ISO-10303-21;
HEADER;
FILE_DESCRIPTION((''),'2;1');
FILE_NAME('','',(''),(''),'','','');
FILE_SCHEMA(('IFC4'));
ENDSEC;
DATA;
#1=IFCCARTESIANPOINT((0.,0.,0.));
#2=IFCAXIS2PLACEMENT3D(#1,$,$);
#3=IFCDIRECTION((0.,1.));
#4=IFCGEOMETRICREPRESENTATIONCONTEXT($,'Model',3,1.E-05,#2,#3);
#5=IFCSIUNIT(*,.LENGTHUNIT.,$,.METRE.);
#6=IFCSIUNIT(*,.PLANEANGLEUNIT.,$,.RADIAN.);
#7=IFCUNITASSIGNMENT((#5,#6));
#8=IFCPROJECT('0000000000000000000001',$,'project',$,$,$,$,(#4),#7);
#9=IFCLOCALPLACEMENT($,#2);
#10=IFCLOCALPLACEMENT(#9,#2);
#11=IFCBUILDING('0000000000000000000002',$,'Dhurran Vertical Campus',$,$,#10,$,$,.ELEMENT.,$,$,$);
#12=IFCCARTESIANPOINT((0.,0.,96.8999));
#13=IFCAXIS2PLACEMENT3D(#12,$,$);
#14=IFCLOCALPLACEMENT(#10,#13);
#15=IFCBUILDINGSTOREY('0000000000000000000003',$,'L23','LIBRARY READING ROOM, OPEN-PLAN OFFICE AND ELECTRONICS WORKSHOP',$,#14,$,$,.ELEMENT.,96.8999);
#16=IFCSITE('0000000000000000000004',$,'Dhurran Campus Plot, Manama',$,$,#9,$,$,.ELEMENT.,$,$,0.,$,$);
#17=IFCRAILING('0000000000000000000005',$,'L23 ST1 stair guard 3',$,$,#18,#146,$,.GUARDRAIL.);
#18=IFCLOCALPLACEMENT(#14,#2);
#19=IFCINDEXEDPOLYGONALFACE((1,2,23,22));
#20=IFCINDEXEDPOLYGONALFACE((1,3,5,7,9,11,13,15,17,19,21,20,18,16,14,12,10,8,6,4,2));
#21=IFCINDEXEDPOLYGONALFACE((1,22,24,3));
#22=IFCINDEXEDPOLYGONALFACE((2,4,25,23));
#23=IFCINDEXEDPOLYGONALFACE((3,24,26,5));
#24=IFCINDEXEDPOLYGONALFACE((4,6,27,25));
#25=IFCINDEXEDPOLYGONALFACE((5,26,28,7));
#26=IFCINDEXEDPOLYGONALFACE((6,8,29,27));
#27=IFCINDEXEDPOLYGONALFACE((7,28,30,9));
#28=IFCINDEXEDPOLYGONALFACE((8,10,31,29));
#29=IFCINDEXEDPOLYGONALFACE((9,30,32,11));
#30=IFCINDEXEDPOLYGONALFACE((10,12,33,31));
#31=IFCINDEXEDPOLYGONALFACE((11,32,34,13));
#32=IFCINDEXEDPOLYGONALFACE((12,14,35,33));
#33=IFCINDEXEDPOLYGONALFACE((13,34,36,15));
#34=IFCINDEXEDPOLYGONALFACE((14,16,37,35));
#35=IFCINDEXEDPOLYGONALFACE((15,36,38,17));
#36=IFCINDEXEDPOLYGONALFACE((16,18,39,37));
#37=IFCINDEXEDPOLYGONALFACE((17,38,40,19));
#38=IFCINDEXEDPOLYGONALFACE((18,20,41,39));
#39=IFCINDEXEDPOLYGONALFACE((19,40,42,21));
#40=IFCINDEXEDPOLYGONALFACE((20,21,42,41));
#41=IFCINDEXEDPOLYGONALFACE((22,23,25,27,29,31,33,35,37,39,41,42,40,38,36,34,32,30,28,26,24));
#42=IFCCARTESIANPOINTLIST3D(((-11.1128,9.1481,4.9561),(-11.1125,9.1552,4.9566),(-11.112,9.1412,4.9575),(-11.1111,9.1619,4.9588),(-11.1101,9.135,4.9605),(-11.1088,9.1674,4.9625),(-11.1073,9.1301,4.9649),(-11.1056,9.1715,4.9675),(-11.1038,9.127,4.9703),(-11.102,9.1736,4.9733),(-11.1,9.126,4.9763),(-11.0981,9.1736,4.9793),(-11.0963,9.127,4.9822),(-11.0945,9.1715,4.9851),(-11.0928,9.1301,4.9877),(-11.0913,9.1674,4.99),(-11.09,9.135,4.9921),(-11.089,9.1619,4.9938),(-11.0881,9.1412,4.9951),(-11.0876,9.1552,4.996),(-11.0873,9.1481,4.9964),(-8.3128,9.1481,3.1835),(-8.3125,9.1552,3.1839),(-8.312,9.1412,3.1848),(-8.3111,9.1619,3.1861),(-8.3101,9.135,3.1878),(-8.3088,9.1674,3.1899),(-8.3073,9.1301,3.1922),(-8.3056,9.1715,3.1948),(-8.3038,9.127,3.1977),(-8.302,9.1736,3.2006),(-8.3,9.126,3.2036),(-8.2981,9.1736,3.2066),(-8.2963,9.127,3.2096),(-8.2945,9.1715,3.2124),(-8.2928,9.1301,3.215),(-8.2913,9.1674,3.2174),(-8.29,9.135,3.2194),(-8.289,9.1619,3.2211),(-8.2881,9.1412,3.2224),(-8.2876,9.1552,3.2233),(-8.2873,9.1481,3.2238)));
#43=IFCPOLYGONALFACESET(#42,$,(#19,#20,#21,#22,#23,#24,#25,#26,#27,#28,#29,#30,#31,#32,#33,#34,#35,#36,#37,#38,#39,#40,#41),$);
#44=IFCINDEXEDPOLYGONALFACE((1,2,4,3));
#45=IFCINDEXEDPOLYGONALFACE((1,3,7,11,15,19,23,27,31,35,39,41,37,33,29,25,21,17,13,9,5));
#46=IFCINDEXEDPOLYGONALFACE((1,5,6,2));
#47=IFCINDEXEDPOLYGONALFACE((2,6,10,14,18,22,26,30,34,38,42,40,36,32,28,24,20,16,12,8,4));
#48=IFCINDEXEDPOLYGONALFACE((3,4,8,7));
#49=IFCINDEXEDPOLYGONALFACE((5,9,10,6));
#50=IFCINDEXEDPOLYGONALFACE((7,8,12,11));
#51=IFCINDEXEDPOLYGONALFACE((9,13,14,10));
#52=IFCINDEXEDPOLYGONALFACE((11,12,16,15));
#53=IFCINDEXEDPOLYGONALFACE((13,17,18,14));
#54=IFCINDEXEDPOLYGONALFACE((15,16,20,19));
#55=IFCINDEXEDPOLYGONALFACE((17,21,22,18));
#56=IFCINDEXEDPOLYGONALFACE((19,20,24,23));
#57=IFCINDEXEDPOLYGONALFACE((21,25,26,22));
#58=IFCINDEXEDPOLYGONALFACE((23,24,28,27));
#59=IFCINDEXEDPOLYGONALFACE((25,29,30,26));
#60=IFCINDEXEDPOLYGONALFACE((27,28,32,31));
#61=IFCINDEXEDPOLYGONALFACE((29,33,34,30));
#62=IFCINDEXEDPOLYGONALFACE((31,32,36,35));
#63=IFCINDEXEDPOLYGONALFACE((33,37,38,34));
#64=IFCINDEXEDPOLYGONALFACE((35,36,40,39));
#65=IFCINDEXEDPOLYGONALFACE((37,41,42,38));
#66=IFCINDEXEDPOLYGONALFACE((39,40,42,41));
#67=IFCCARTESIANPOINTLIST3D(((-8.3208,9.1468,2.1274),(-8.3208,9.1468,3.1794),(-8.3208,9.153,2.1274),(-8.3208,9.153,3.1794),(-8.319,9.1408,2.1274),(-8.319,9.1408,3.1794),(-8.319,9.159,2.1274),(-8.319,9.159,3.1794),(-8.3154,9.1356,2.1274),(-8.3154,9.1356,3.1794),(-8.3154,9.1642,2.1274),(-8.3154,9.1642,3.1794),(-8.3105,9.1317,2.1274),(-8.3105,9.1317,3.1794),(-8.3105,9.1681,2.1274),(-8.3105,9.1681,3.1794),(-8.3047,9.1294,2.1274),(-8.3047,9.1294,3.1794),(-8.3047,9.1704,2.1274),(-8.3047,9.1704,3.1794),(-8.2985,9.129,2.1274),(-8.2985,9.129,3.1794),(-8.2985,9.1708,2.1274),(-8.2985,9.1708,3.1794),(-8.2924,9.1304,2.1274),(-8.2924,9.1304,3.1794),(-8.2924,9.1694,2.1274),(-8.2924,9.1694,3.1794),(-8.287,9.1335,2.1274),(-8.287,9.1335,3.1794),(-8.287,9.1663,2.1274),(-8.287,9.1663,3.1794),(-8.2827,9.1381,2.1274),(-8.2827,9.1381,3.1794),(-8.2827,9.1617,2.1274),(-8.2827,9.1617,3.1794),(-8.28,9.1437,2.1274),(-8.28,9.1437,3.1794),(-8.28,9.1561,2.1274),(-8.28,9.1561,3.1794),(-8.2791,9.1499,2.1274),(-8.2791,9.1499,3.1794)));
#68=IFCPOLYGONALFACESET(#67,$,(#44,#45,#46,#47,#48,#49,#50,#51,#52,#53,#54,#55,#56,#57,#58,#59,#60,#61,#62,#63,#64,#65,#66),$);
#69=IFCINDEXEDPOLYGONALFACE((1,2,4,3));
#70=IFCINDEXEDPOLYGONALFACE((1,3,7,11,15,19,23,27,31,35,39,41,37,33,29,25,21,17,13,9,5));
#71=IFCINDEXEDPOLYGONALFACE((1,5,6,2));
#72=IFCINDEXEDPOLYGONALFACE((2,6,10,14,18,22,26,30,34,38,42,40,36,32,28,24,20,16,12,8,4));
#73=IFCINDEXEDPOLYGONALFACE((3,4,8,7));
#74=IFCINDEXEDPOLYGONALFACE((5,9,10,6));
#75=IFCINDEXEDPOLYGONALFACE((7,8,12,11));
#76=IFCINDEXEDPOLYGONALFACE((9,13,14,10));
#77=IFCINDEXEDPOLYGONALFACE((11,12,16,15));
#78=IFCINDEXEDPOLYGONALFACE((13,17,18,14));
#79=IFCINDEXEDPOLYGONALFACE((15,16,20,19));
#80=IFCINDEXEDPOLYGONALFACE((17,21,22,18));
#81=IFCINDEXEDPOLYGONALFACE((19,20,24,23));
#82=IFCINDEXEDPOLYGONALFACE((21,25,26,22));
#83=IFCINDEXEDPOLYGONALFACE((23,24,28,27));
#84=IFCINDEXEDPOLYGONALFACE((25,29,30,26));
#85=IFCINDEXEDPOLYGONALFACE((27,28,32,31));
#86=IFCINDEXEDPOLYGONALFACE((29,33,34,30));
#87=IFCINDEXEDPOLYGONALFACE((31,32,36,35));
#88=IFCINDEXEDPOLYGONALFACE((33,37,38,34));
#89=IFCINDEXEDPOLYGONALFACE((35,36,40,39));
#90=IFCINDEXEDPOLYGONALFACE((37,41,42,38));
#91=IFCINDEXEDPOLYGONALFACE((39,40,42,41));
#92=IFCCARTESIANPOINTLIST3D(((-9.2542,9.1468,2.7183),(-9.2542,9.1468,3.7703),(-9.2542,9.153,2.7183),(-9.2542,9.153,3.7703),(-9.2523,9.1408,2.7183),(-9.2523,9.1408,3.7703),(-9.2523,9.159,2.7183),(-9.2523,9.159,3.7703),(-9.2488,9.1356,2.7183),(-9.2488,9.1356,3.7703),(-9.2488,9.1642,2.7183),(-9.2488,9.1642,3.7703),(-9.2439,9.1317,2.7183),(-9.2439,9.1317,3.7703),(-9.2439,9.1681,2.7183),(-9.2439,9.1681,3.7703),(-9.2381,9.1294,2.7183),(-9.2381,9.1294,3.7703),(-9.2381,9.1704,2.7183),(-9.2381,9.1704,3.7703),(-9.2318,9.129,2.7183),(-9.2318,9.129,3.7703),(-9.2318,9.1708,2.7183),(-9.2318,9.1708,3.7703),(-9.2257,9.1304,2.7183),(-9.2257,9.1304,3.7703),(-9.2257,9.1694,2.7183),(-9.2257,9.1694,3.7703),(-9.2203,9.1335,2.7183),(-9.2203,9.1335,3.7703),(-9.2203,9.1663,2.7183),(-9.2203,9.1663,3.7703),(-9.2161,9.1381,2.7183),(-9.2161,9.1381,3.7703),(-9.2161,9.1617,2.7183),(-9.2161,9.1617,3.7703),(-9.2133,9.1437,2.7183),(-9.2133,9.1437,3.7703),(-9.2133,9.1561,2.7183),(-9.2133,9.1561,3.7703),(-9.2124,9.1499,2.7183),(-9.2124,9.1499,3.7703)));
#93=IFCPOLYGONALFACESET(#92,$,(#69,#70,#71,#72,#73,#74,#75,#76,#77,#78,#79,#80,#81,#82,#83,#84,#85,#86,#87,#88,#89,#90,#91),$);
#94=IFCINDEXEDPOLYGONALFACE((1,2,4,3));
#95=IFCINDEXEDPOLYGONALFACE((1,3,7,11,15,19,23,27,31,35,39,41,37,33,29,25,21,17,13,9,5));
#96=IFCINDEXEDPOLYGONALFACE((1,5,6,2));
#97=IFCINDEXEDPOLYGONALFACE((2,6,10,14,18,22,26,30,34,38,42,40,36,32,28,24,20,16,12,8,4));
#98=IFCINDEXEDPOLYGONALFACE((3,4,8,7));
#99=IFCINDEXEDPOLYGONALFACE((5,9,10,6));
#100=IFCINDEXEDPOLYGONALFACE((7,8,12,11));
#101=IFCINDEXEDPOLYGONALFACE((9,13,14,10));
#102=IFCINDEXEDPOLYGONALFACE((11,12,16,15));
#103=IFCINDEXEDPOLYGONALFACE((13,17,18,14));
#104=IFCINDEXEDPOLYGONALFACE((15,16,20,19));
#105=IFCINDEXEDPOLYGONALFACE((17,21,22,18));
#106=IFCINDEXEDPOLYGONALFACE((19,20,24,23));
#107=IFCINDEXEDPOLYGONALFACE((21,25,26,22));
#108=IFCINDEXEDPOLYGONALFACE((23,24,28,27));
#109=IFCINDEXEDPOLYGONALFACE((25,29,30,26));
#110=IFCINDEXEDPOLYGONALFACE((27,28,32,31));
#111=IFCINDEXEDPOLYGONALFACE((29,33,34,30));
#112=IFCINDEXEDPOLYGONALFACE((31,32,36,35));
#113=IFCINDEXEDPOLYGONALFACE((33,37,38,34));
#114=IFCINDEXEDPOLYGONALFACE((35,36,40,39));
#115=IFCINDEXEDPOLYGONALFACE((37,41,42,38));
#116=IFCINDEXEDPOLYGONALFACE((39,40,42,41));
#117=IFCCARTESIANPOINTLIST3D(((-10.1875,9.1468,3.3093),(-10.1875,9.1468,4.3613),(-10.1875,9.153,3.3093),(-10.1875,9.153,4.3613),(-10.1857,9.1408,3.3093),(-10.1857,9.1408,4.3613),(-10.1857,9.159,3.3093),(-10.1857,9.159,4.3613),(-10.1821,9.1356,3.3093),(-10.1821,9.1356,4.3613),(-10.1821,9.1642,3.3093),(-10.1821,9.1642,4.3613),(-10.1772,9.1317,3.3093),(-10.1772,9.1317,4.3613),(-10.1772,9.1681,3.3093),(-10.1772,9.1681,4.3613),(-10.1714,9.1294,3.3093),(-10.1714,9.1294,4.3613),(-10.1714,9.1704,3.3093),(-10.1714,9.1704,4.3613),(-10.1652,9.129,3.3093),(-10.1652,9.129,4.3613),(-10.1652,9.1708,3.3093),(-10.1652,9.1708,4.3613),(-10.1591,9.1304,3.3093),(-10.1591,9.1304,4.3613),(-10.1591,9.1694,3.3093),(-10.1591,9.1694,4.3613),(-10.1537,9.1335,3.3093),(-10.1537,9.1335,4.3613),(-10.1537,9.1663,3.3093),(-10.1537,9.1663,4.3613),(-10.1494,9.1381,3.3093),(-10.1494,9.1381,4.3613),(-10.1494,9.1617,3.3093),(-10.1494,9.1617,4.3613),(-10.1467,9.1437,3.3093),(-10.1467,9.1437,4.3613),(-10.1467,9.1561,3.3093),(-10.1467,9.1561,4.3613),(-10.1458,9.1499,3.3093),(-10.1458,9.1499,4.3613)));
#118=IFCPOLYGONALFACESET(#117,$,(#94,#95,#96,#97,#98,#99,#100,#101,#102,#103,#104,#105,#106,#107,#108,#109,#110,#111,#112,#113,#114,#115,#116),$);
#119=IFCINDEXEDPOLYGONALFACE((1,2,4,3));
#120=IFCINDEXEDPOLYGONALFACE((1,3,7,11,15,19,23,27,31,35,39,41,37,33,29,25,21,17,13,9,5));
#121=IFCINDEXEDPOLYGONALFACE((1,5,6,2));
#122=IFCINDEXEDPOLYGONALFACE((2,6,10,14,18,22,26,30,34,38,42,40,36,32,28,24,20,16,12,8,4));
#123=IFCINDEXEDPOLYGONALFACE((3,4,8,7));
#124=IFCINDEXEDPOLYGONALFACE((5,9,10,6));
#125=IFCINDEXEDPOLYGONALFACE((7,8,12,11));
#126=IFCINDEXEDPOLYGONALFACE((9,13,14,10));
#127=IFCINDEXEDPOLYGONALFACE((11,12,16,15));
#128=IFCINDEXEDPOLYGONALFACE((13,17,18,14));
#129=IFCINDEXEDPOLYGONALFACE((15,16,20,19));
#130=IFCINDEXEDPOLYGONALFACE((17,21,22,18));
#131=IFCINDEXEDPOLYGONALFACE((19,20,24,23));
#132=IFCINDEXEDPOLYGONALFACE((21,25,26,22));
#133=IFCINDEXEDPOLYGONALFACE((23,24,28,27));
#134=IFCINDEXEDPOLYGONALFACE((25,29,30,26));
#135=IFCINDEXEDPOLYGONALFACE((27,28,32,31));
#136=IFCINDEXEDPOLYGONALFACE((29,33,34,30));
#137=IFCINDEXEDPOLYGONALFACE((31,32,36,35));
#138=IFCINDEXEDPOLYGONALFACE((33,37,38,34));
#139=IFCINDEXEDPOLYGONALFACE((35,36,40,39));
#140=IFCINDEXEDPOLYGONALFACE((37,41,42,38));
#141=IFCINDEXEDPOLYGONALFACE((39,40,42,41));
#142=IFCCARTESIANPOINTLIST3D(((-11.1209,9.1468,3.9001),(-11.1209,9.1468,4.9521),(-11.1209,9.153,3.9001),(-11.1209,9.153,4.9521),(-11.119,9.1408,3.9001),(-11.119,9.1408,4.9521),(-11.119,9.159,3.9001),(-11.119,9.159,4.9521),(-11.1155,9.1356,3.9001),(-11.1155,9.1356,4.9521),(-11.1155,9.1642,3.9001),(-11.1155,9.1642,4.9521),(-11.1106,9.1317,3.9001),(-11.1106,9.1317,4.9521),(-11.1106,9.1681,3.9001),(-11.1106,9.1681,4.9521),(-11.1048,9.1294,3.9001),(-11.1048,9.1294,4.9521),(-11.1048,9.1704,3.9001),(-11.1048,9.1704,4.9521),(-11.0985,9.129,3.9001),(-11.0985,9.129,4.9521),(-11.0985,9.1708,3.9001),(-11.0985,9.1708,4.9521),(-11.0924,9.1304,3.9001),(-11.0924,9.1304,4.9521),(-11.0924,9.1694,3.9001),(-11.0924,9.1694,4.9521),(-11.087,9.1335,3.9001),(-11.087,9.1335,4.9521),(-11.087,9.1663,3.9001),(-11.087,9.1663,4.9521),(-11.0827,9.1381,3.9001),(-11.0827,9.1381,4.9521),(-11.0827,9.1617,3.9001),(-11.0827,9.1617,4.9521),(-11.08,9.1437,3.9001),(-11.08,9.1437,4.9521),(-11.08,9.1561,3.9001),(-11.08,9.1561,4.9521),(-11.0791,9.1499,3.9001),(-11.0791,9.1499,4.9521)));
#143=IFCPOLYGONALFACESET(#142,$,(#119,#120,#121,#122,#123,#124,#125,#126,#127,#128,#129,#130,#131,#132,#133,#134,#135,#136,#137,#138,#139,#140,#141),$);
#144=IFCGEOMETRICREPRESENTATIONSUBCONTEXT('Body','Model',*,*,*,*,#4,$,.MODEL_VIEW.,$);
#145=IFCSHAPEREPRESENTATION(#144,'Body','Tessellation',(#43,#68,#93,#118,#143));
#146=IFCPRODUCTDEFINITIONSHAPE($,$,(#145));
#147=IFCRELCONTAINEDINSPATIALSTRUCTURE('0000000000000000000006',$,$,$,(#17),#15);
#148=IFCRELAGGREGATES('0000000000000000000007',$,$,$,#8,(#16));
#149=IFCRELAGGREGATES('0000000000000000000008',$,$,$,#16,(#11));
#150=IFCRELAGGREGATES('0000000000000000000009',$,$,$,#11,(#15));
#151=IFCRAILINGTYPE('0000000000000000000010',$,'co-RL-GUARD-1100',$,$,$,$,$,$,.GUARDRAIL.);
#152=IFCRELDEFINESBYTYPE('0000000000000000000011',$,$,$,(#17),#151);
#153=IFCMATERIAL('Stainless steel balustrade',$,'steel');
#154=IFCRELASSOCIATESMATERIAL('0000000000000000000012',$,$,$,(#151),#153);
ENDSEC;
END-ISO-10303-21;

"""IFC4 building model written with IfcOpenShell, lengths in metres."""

from ifc_helpers import new_model, si_unit, direction, frame, origin, origin_2d, place, context, subcontext, project, spatial, circle, extrude, material, type_object, element, save


model = new_model("IFC4")

# Units and contexts
model_context = context("Model", 3, precision=1e-05, world=origin(), true_north=direction((0.0, 1.0)))
body_context = subcontext(model_context, "Body", "Model", "MODEL_VIEW")
ifc_project = project(units=[si_unit("LENGTHUNIT", "METRE"), si_unit("PLANEANGLEUNIT", "RADIAN")], contexts=[model_context])

# Site, building, storey
site_placement = place(None, origin())
site = spatial("IfcSite", under=ifc_project, at=site_placement, Name="Dhurran Campus Plot, Manama", CompositionType="ELEMENT", RefElevation=0.0)
building_placement = place(site_placement, origin())
building = spatial("IfcBuilding", under=site, at=building_placement, Name="Dhurran Vertical Campus", CompositionType="ELEMENT")
storey_placement = place(building_placement, frame((0.0, 0.0, 96.8999)))
storey = spatial("IfcBuildingStorey", under=building, at=storey_placement, Name="L23", Description="LIBRARY READING ROOM, OPEN-PLAN OFFICE AND ELECTRONICS WORKSHOP", CompositionType="ELEMENT", Elevation=96.8999)

# Railing
ifc_material_1 = material(Name="Stainless steel balustrade", Category="steel")
railing_type_1 = type_object("IfcRailingType", Name="co-RL-GUARD-1100", PredefinedType="GUARDRAIL", material=ifc_material_1)
railing_1_placement = place(storey_placement, frame((-8.3, 9.1499, 2.1274)))
element("IfcRailing", 1, at=railing_1_placement, inside=storey, type_object=railing_type_1, Name="L23 ST1 stair guard 3", PredefinedType="GUARDRAIL", context=body_context, shape_type="SweptSolid", body=[
    extrude(circle(Radius=0.0239, at=origin_2d()), frame((0.0, 0.0, 1.0762), z_axis=(-0.844909, 0.0, 0.53491), x_axis=(0.0, -1.0, 0.0)), (0.0, 0.0, 1.0), 3.314),
    extrude(circle(Radius=0.021, at=origin_2d()), origin(), (0.0, 0.0, 1.0), 1.052),
    extrude(circle(Radius=0.021, at=origin_2d()), frame((-0.9333, 0.0, 0.5908)), (0.0, 0.0, 1.0), 1.052),
    extrude(circle(Radius=0.021, at=origin_2d()), frame((-1.8667, 0.0, 1.1819)), (0.0, 0.0, 1.0), 1.052),
    extrude(circle(Radius=0.021, at=origin_2d()), frame((-2.8, 0.0, 1.7727)), (0.0, 0.0, 1.0), 1.052),
])

save(model, "model.ifc")
